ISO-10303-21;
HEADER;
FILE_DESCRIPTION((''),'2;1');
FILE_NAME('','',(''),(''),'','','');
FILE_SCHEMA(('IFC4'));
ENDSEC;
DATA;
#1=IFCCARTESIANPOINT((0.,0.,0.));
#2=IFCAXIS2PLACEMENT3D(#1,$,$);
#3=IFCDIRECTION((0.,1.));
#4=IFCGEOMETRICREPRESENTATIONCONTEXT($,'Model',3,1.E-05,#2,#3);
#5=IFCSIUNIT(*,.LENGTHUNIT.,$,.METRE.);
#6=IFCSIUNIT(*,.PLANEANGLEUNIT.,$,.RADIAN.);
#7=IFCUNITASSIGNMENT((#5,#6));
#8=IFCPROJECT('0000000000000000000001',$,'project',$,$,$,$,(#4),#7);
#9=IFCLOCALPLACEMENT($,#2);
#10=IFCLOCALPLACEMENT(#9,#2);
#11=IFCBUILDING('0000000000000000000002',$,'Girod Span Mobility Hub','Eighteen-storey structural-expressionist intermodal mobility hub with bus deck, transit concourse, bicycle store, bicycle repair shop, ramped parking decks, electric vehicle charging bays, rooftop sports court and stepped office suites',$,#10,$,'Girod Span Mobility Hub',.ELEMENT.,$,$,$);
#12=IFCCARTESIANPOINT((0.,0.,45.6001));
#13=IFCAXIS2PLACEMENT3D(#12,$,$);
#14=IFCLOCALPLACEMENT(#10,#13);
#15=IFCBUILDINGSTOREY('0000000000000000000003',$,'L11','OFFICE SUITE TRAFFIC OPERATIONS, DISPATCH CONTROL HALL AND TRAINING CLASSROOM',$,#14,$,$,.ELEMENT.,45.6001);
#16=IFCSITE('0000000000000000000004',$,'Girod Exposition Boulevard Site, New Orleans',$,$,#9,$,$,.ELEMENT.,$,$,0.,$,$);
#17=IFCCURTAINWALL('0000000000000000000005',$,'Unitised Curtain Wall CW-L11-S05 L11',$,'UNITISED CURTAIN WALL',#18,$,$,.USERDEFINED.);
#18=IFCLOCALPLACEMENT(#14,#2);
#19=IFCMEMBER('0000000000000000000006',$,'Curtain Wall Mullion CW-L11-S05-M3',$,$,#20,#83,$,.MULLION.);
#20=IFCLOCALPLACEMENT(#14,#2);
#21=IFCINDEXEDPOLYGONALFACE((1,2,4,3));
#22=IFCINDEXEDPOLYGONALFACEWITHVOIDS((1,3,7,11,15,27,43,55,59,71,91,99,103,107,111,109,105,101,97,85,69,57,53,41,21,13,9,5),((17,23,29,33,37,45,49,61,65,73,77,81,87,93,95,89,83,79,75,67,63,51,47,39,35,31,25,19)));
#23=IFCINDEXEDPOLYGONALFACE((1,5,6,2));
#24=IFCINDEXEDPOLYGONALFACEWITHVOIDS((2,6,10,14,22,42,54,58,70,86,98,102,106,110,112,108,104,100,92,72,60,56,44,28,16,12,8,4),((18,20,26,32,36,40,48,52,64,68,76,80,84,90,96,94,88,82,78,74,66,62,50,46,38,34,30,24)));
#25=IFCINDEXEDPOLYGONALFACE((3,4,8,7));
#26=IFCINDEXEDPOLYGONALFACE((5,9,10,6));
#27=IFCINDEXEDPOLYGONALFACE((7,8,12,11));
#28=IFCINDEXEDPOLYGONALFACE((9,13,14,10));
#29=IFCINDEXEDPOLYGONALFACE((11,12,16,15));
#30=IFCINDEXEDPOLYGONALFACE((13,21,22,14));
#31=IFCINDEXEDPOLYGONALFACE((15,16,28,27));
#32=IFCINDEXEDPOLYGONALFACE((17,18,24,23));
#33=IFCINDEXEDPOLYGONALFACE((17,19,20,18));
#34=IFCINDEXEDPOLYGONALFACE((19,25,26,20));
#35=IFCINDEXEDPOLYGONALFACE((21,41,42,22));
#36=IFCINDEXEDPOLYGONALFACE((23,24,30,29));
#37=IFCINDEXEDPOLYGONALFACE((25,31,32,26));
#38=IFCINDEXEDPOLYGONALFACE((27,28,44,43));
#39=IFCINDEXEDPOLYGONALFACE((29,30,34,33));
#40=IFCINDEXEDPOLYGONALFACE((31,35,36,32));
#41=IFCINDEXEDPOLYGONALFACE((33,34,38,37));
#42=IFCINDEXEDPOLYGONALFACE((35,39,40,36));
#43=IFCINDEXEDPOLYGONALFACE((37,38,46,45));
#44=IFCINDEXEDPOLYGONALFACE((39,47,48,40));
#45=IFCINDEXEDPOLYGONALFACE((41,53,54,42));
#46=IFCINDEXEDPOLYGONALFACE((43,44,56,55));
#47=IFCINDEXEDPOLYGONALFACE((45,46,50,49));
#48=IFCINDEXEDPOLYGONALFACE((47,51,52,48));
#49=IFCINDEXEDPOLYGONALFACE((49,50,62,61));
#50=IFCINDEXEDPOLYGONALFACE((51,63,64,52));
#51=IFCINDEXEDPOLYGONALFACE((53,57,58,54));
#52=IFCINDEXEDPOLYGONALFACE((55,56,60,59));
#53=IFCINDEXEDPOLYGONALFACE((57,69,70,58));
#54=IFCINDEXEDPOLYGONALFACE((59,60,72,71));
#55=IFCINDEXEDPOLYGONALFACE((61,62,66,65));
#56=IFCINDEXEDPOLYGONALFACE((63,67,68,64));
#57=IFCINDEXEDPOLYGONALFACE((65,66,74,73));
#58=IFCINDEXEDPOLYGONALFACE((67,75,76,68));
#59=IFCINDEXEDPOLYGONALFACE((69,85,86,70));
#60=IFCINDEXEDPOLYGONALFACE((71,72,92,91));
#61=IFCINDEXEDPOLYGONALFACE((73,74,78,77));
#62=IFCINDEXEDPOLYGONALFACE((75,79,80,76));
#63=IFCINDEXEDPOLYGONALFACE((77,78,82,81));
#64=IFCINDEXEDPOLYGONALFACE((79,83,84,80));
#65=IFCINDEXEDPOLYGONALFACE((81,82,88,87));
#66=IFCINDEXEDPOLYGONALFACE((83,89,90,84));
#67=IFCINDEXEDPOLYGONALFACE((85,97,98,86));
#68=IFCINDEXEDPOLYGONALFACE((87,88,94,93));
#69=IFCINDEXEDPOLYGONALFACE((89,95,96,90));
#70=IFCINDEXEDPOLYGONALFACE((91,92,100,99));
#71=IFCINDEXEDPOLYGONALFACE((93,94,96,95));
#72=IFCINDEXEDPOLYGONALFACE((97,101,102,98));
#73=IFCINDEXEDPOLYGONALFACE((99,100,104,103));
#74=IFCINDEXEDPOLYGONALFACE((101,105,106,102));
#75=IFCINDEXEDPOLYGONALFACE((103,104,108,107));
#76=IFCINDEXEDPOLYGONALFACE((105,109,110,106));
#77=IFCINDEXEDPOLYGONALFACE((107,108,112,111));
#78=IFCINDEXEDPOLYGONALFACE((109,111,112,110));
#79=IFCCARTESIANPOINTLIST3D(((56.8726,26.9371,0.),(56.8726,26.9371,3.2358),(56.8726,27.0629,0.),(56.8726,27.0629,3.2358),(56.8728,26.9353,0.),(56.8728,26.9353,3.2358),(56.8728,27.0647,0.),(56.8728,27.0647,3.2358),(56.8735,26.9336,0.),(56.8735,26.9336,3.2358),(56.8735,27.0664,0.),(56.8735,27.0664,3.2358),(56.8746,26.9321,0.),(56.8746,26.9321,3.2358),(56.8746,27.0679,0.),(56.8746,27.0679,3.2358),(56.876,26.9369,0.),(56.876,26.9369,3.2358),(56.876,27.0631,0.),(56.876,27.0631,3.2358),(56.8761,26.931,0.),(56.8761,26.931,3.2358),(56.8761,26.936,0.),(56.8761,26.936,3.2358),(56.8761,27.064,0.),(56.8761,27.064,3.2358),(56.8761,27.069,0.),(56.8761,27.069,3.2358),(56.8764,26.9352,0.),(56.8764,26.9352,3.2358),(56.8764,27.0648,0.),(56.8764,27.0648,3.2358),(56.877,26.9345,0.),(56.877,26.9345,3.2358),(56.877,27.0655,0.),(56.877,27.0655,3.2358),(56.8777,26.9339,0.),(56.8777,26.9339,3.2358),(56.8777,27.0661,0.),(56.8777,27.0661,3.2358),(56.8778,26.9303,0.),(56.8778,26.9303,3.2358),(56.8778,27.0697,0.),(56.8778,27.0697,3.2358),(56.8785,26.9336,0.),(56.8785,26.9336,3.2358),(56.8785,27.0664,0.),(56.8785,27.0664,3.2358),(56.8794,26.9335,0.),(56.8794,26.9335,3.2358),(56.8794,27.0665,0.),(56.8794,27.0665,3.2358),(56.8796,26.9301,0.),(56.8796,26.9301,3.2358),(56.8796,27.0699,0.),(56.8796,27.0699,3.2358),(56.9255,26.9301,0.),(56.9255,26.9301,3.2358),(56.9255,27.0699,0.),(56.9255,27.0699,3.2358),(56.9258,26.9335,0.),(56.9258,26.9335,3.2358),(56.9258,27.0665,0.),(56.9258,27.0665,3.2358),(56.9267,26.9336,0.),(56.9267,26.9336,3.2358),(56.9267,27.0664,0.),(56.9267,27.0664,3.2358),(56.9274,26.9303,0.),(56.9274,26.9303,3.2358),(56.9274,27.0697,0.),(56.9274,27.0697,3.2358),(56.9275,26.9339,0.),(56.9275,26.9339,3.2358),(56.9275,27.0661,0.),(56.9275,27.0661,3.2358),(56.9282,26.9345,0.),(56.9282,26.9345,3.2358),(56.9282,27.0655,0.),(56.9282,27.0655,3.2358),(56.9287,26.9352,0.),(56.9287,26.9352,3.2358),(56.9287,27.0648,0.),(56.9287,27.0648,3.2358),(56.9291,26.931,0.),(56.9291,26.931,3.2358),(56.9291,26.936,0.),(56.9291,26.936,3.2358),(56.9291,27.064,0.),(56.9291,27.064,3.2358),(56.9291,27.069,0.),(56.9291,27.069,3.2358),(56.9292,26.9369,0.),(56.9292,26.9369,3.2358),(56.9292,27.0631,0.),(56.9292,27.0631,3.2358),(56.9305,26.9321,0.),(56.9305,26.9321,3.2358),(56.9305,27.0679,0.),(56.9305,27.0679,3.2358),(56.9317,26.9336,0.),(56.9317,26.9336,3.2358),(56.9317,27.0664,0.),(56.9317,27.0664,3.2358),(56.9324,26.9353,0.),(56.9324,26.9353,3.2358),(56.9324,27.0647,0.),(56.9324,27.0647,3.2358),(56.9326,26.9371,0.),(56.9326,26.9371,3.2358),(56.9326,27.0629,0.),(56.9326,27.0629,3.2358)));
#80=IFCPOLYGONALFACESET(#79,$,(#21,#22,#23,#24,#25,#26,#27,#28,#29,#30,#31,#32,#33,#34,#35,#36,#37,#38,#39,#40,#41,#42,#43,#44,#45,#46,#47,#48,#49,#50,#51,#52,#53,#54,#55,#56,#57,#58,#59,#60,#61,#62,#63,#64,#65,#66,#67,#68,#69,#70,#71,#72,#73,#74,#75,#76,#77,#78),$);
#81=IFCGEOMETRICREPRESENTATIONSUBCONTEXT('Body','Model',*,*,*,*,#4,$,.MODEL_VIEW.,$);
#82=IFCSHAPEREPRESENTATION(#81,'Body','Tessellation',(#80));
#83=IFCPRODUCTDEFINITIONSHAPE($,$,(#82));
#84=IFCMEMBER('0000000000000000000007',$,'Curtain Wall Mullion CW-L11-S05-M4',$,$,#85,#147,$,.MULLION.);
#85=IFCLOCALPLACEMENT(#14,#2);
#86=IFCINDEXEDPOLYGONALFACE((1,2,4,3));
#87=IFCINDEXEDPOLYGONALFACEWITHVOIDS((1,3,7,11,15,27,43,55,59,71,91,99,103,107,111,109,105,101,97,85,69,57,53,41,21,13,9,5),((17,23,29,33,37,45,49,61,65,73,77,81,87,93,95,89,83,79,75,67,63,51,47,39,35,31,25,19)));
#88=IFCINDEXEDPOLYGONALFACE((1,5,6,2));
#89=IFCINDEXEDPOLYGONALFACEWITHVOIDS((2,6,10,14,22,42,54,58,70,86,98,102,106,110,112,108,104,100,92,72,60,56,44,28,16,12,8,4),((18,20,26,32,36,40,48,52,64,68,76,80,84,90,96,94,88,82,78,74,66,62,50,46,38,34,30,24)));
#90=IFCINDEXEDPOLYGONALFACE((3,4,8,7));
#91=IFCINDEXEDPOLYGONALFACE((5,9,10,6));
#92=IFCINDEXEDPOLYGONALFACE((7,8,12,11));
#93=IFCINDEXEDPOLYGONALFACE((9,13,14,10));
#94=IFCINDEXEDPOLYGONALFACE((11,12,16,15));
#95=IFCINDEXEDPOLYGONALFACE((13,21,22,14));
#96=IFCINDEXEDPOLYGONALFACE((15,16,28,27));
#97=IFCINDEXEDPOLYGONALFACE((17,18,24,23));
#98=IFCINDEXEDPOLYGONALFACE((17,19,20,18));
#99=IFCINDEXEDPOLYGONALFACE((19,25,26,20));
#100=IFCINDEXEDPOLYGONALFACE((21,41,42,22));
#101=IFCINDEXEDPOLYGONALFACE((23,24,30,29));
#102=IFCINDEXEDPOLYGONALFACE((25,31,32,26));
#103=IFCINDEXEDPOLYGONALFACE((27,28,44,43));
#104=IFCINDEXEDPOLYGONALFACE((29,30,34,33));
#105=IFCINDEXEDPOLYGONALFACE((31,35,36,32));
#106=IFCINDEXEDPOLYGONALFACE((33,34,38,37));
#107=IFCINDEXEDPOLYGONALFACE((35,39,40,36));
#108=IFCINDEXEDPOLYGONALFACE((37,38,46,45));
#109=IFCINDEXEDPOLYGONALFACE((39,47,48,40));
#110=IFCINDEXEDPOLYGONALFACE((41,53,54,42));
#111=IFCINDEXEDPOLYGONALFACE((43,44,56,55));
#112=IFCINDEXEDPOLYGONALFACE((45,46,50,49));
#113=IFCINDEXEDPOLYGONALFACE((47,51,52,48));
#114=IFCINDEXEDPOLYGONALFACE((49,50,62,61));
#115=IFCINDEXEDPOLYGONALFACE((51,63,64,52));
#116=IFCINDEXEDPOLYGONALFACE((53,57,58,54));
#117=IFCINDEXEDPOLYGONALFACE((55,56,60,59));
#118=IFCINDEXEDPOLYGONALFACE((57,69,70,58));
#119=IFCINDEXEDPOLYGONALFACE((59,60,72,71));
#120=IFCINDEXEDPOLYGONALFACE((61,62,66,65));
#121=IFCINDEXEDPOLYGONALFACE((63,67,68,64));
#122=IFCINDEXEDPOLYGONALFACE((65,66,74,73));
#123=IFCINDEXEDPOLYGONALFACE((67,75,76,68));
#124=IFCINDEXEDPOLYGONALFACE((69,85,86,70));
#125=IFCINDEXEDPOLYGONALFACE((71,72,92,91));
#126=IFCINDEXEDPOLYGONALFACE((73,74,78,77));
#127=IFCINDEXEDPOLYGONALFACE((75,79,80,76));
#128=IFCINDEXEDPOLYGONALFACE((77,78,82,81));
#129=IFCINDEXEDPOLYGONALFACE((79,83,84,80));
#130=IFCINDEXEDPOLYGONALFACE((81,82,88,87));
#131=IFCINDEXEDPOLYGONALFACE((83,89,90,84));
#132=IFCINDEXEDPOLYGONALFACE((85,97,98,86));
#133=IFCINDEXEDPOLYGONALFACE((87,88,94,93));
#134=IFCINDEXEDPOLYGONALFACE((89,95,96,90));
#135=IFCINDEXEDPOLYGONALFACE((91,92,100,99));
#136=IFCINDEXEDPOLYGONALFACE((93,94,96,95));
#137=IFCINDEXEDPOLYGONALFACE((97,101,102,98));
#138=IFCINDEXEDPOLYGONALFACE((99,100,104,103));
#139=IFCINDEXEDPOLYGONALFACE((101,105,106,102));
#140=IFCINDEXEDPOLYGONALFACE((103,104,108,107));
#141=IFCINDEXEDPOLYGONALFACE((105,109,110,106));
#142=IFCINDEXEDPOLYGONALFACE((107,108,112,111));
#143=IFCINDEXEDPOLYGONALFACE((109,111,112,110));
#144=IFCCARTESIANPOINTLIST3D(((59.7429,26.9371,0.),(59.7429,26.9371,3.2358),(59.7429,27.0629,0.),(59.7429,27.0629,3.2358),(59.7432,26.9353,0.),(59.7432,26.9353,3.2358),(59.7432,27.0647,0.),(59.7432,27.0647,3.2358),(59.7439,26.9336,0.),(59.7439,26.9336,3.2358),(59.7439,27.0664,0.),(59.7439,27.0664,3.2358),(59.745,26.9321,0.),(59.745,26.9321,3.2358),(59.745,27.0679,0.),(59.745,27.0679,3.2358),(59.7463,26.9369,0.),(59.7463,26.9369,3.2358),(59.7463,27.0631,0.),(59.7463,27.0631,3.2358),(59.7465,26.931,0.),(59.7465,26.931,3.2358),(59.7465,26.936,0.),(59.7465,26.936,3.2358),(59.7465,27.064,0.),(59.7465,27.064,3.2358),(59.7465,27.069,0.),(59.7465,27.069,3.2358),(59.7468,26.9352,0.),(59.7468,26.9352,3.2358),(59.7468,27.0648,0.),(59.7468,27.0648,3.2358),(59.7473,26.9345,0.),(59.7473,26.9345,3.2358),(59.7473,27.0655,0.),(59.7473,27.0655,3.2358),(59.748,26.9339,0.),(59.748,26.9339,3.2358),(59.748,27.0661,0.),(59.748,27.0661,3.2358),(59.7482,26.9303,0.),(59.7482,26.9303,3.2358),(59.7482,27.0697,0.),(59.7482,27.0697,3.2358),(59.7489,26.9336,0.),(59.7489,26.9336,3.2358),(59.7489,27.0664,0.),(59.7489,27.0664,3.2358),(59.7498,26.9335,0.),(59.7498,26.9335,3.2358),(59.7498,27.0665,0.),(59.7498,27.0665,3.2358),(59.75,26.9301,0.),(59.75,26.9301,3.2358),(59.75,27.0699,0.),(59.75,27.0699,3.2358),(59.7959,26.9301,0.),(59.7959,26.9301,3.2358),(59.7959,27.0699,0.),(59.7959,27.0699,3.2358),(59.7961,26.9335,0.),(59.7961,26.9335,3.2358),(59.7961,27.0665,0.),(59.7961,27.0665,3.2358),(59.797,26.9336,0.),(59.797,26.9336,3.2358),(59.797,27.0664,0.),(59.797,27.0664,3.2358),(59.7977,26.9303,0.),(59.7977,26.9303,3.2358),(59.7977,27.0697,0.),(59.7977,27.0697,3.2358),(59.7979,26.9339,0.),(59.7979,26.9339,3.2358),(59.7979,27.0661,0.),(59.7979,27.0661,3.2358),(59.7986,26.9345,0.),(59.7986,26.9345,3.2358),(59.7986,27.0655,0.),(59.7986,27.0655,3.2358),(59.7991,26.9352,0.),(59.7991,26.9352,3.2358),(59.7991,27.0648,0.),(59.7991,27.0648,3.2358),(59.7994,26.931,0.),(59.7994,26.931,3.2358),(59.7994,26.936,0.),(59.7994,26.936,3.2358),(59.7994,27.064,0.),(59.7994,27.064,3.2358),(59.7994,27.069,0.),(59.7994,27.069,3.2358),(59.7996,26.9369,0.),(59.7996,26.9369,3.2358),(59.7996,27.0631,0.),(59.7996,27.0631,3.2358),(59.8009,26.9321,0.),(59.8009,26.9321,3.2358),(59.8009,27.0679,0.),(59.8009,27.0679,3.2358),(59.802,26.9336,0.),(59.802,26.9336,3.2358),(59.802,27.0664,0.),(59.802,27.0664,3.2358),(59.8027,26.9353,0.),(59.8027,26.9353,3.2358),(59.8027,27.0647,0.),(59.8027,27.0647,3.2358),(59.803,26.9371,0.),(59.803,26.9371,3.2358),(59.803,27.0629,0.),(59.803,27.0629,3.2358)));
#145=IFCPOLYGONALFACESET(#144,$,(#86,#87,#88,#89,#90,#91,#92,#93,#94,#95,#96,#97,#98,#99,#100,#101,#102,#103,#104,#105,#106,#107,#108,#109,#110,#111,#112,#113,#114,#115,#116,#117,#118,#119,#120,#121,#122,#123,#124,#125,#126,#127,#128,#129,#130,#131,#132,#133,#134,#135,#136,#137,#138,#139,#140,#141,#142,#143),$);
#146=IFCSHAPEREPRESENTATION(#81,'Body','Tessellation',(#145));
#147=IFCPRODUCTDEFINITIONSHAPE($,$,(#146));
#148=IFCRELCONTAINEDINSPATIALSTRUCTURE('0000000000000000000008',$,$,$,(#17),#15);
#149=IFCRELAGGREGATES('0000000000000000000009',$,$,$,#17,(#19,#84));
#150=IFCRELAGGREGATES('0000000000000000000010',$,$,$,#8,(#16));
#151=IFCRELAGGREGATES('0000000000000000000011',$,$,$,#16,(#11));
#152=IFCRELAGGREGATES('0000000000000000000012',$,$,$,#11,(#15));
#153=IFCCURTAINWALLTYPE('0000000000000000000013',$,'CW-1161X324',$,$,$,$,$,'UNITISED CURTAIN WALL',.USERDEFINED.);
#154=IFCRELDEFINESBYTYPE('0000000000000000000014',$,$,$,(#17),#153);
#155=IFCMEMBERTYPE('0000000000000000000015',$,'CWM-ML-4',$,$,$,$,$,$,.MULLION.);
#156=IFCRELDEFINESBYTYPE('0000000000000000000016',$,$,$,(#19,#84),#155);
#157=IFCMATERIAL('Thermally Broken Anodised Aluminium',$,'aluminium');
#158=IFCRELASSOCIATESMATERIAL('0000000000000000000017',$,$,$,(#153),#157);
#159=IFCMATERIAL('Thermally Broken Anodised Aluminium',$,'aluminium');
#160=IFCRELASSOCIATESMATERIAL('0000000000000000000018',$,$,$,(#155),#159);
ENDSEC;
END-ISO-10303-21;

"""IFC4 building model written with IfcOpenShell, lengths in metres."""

from ifc_helpers import new_model, si_unit, direction, frame, origin, origin_2d, place, context, subcontext, project, spatial, hollow_rectangle, extrude, material, material_profile, profile_set, type_object, element, aggregate, save


model = new_model("IFC4")

# Units and contexts
model_context = context("Model", 3, precision=1e-05, world=origin(), true_north=direction((0.0, 1.0)))
body_context = subcontext(model_context, "Body", "Model", "MODEL_VIEW")
ifc_project = project(units=[si_unit("LENGTHUNIT", "METRE"), si_unit("PLANEANGLEUNIT", "RADIAN")], contexts=[model_context])

# Site, building, storey
site_placement = place(None, origin())
site = spatial("IfcSite", under=ifc_project, at=site_placement, Name="Girod Exposition Boulevard Site, New Orleans", CompositionType="ELEMENT", RefElevation=0.0)
building_placement = place(site_placement, origin())
building = spatial("IfcBuilding", under=site, at=building_placement, Name="Girod Span Mobility Hub", Description="Eighteen-storey structural-expressionist intermodal mobility hub with bus deck, transit concourse, bicycle store, bicycle repair shop, ramped parking decks, electric vehicle charging bays, rooftop sports court and stepped office suites", LongName="Girod Span Mobility Hub", CompositionType="ELEMENT")
storey_placement = place(building_placement, frame((0.0, 0.0, 45.6001)))
storey = spatial("IfcBuildingStorey", under=building, at=storey_placement, Name="L11", Description="OFFICE SUITE TRAFFIC OPERATIONS, DISPATCH CONTROL HALL AND TRAINING CLASSROOM", CompositionType="ELEMENT", Elevation=45.6001)

# Curtain wall, members
ifc_material_1 = material(Name="Thermally Broken Anodised Aluminium", Category="aluminium")
curtain_wall_type = type_object("IfcCurtainWallType", Name="CW-1161X324", ElementType="UNITISED CURTAIN WALL", PredefinedType="USERDEFINED", material=ifc_material_1)
curtain_wall_1_placement = place(storey_placement, origin())
curtain_wall_1 = element("IfcCurtainWall", 1, at=curtain_wall_1_placement, inside=storey, type_object=curtain_wall_type, Name="Unitised Curtain Wall CW-L11-S05 L11", ObjectType="UNITISED CURTAIN WALL", PredefinedType="USERDEFINED")
ifc_material_2 = material(Name="Thermally Broken Anodised Aluminium", Category="aluminium")
ifc_material_profile_1 = material_profile(ifc_material_2, hollow_rectangle(XDim=0.1399, YDim=0.0601, WallThickness=0.0034, InnerFilletRadius=0.0034, OuterFilletRadius=0.0071, at=origin_2d()), Name="CW-ML-60X140")
ifc_profile_set_1 = profile_set([ifc_material_profile_1], Name="Thermally Broken Anodised Aluminium")
member_type_1 = type_object("IfcMemberType", Name="CWM-ML-4", PredefinedType="MULLION", material=ifc_profile_set_1)
member_1_placement = place(storey_placement, frame((56.9026, 27.0, 0.0), z_axis=(0.0, 0.0, 1.0), x_axis=(0.0, 1.0, 0.0)))
member_1 = element("IfcMember", 2, at=member_1_placement, type_object=member_type_1, Name="Curtain Wall Mullion CW-L11-S05-M3", PredefinedType="MULLION", context=body_context, shape_type="SweptSolid", body=[
    extrude(hollow_rectangle(XDim=0.1399, YDim=0.0601, WallThickness=0.0034, InnerFilletRadius=0.0034, OuterFilletRadius=0.0071, at=origin_2d()), origin(), (0.0, 0.0, 1.0), 3.2358),
])
member_2_placement = place(storey_placement, frame((59.7729, 27.0, 0.0), z_axis=(0.0, 0.0, 1.0), x_axis=(0.0, 1.0, 0.0)))
member_2 = element("IfcMember", 3, at=member_2_placement, type_object=member_type_1, Name="Curtain Wall Mullion CW-L11-S05-M4", PredefinedType="MULLION", context=body_context, shape_type="SweptSolid", body=[
    extrude(hollow_rectangle(XDim=0.1399, YDim=0.0601, WallThickness=0.0034, InnerFilletRadius=0.0034, OuterFilletRadius=0.0071, at=origin_2d()), origin(), (0.0, 0.0, 1.0), 3.2358),
])

aggregate(curtain_wall_1, [member_1, member_2])

save(model, "model.ifc")
